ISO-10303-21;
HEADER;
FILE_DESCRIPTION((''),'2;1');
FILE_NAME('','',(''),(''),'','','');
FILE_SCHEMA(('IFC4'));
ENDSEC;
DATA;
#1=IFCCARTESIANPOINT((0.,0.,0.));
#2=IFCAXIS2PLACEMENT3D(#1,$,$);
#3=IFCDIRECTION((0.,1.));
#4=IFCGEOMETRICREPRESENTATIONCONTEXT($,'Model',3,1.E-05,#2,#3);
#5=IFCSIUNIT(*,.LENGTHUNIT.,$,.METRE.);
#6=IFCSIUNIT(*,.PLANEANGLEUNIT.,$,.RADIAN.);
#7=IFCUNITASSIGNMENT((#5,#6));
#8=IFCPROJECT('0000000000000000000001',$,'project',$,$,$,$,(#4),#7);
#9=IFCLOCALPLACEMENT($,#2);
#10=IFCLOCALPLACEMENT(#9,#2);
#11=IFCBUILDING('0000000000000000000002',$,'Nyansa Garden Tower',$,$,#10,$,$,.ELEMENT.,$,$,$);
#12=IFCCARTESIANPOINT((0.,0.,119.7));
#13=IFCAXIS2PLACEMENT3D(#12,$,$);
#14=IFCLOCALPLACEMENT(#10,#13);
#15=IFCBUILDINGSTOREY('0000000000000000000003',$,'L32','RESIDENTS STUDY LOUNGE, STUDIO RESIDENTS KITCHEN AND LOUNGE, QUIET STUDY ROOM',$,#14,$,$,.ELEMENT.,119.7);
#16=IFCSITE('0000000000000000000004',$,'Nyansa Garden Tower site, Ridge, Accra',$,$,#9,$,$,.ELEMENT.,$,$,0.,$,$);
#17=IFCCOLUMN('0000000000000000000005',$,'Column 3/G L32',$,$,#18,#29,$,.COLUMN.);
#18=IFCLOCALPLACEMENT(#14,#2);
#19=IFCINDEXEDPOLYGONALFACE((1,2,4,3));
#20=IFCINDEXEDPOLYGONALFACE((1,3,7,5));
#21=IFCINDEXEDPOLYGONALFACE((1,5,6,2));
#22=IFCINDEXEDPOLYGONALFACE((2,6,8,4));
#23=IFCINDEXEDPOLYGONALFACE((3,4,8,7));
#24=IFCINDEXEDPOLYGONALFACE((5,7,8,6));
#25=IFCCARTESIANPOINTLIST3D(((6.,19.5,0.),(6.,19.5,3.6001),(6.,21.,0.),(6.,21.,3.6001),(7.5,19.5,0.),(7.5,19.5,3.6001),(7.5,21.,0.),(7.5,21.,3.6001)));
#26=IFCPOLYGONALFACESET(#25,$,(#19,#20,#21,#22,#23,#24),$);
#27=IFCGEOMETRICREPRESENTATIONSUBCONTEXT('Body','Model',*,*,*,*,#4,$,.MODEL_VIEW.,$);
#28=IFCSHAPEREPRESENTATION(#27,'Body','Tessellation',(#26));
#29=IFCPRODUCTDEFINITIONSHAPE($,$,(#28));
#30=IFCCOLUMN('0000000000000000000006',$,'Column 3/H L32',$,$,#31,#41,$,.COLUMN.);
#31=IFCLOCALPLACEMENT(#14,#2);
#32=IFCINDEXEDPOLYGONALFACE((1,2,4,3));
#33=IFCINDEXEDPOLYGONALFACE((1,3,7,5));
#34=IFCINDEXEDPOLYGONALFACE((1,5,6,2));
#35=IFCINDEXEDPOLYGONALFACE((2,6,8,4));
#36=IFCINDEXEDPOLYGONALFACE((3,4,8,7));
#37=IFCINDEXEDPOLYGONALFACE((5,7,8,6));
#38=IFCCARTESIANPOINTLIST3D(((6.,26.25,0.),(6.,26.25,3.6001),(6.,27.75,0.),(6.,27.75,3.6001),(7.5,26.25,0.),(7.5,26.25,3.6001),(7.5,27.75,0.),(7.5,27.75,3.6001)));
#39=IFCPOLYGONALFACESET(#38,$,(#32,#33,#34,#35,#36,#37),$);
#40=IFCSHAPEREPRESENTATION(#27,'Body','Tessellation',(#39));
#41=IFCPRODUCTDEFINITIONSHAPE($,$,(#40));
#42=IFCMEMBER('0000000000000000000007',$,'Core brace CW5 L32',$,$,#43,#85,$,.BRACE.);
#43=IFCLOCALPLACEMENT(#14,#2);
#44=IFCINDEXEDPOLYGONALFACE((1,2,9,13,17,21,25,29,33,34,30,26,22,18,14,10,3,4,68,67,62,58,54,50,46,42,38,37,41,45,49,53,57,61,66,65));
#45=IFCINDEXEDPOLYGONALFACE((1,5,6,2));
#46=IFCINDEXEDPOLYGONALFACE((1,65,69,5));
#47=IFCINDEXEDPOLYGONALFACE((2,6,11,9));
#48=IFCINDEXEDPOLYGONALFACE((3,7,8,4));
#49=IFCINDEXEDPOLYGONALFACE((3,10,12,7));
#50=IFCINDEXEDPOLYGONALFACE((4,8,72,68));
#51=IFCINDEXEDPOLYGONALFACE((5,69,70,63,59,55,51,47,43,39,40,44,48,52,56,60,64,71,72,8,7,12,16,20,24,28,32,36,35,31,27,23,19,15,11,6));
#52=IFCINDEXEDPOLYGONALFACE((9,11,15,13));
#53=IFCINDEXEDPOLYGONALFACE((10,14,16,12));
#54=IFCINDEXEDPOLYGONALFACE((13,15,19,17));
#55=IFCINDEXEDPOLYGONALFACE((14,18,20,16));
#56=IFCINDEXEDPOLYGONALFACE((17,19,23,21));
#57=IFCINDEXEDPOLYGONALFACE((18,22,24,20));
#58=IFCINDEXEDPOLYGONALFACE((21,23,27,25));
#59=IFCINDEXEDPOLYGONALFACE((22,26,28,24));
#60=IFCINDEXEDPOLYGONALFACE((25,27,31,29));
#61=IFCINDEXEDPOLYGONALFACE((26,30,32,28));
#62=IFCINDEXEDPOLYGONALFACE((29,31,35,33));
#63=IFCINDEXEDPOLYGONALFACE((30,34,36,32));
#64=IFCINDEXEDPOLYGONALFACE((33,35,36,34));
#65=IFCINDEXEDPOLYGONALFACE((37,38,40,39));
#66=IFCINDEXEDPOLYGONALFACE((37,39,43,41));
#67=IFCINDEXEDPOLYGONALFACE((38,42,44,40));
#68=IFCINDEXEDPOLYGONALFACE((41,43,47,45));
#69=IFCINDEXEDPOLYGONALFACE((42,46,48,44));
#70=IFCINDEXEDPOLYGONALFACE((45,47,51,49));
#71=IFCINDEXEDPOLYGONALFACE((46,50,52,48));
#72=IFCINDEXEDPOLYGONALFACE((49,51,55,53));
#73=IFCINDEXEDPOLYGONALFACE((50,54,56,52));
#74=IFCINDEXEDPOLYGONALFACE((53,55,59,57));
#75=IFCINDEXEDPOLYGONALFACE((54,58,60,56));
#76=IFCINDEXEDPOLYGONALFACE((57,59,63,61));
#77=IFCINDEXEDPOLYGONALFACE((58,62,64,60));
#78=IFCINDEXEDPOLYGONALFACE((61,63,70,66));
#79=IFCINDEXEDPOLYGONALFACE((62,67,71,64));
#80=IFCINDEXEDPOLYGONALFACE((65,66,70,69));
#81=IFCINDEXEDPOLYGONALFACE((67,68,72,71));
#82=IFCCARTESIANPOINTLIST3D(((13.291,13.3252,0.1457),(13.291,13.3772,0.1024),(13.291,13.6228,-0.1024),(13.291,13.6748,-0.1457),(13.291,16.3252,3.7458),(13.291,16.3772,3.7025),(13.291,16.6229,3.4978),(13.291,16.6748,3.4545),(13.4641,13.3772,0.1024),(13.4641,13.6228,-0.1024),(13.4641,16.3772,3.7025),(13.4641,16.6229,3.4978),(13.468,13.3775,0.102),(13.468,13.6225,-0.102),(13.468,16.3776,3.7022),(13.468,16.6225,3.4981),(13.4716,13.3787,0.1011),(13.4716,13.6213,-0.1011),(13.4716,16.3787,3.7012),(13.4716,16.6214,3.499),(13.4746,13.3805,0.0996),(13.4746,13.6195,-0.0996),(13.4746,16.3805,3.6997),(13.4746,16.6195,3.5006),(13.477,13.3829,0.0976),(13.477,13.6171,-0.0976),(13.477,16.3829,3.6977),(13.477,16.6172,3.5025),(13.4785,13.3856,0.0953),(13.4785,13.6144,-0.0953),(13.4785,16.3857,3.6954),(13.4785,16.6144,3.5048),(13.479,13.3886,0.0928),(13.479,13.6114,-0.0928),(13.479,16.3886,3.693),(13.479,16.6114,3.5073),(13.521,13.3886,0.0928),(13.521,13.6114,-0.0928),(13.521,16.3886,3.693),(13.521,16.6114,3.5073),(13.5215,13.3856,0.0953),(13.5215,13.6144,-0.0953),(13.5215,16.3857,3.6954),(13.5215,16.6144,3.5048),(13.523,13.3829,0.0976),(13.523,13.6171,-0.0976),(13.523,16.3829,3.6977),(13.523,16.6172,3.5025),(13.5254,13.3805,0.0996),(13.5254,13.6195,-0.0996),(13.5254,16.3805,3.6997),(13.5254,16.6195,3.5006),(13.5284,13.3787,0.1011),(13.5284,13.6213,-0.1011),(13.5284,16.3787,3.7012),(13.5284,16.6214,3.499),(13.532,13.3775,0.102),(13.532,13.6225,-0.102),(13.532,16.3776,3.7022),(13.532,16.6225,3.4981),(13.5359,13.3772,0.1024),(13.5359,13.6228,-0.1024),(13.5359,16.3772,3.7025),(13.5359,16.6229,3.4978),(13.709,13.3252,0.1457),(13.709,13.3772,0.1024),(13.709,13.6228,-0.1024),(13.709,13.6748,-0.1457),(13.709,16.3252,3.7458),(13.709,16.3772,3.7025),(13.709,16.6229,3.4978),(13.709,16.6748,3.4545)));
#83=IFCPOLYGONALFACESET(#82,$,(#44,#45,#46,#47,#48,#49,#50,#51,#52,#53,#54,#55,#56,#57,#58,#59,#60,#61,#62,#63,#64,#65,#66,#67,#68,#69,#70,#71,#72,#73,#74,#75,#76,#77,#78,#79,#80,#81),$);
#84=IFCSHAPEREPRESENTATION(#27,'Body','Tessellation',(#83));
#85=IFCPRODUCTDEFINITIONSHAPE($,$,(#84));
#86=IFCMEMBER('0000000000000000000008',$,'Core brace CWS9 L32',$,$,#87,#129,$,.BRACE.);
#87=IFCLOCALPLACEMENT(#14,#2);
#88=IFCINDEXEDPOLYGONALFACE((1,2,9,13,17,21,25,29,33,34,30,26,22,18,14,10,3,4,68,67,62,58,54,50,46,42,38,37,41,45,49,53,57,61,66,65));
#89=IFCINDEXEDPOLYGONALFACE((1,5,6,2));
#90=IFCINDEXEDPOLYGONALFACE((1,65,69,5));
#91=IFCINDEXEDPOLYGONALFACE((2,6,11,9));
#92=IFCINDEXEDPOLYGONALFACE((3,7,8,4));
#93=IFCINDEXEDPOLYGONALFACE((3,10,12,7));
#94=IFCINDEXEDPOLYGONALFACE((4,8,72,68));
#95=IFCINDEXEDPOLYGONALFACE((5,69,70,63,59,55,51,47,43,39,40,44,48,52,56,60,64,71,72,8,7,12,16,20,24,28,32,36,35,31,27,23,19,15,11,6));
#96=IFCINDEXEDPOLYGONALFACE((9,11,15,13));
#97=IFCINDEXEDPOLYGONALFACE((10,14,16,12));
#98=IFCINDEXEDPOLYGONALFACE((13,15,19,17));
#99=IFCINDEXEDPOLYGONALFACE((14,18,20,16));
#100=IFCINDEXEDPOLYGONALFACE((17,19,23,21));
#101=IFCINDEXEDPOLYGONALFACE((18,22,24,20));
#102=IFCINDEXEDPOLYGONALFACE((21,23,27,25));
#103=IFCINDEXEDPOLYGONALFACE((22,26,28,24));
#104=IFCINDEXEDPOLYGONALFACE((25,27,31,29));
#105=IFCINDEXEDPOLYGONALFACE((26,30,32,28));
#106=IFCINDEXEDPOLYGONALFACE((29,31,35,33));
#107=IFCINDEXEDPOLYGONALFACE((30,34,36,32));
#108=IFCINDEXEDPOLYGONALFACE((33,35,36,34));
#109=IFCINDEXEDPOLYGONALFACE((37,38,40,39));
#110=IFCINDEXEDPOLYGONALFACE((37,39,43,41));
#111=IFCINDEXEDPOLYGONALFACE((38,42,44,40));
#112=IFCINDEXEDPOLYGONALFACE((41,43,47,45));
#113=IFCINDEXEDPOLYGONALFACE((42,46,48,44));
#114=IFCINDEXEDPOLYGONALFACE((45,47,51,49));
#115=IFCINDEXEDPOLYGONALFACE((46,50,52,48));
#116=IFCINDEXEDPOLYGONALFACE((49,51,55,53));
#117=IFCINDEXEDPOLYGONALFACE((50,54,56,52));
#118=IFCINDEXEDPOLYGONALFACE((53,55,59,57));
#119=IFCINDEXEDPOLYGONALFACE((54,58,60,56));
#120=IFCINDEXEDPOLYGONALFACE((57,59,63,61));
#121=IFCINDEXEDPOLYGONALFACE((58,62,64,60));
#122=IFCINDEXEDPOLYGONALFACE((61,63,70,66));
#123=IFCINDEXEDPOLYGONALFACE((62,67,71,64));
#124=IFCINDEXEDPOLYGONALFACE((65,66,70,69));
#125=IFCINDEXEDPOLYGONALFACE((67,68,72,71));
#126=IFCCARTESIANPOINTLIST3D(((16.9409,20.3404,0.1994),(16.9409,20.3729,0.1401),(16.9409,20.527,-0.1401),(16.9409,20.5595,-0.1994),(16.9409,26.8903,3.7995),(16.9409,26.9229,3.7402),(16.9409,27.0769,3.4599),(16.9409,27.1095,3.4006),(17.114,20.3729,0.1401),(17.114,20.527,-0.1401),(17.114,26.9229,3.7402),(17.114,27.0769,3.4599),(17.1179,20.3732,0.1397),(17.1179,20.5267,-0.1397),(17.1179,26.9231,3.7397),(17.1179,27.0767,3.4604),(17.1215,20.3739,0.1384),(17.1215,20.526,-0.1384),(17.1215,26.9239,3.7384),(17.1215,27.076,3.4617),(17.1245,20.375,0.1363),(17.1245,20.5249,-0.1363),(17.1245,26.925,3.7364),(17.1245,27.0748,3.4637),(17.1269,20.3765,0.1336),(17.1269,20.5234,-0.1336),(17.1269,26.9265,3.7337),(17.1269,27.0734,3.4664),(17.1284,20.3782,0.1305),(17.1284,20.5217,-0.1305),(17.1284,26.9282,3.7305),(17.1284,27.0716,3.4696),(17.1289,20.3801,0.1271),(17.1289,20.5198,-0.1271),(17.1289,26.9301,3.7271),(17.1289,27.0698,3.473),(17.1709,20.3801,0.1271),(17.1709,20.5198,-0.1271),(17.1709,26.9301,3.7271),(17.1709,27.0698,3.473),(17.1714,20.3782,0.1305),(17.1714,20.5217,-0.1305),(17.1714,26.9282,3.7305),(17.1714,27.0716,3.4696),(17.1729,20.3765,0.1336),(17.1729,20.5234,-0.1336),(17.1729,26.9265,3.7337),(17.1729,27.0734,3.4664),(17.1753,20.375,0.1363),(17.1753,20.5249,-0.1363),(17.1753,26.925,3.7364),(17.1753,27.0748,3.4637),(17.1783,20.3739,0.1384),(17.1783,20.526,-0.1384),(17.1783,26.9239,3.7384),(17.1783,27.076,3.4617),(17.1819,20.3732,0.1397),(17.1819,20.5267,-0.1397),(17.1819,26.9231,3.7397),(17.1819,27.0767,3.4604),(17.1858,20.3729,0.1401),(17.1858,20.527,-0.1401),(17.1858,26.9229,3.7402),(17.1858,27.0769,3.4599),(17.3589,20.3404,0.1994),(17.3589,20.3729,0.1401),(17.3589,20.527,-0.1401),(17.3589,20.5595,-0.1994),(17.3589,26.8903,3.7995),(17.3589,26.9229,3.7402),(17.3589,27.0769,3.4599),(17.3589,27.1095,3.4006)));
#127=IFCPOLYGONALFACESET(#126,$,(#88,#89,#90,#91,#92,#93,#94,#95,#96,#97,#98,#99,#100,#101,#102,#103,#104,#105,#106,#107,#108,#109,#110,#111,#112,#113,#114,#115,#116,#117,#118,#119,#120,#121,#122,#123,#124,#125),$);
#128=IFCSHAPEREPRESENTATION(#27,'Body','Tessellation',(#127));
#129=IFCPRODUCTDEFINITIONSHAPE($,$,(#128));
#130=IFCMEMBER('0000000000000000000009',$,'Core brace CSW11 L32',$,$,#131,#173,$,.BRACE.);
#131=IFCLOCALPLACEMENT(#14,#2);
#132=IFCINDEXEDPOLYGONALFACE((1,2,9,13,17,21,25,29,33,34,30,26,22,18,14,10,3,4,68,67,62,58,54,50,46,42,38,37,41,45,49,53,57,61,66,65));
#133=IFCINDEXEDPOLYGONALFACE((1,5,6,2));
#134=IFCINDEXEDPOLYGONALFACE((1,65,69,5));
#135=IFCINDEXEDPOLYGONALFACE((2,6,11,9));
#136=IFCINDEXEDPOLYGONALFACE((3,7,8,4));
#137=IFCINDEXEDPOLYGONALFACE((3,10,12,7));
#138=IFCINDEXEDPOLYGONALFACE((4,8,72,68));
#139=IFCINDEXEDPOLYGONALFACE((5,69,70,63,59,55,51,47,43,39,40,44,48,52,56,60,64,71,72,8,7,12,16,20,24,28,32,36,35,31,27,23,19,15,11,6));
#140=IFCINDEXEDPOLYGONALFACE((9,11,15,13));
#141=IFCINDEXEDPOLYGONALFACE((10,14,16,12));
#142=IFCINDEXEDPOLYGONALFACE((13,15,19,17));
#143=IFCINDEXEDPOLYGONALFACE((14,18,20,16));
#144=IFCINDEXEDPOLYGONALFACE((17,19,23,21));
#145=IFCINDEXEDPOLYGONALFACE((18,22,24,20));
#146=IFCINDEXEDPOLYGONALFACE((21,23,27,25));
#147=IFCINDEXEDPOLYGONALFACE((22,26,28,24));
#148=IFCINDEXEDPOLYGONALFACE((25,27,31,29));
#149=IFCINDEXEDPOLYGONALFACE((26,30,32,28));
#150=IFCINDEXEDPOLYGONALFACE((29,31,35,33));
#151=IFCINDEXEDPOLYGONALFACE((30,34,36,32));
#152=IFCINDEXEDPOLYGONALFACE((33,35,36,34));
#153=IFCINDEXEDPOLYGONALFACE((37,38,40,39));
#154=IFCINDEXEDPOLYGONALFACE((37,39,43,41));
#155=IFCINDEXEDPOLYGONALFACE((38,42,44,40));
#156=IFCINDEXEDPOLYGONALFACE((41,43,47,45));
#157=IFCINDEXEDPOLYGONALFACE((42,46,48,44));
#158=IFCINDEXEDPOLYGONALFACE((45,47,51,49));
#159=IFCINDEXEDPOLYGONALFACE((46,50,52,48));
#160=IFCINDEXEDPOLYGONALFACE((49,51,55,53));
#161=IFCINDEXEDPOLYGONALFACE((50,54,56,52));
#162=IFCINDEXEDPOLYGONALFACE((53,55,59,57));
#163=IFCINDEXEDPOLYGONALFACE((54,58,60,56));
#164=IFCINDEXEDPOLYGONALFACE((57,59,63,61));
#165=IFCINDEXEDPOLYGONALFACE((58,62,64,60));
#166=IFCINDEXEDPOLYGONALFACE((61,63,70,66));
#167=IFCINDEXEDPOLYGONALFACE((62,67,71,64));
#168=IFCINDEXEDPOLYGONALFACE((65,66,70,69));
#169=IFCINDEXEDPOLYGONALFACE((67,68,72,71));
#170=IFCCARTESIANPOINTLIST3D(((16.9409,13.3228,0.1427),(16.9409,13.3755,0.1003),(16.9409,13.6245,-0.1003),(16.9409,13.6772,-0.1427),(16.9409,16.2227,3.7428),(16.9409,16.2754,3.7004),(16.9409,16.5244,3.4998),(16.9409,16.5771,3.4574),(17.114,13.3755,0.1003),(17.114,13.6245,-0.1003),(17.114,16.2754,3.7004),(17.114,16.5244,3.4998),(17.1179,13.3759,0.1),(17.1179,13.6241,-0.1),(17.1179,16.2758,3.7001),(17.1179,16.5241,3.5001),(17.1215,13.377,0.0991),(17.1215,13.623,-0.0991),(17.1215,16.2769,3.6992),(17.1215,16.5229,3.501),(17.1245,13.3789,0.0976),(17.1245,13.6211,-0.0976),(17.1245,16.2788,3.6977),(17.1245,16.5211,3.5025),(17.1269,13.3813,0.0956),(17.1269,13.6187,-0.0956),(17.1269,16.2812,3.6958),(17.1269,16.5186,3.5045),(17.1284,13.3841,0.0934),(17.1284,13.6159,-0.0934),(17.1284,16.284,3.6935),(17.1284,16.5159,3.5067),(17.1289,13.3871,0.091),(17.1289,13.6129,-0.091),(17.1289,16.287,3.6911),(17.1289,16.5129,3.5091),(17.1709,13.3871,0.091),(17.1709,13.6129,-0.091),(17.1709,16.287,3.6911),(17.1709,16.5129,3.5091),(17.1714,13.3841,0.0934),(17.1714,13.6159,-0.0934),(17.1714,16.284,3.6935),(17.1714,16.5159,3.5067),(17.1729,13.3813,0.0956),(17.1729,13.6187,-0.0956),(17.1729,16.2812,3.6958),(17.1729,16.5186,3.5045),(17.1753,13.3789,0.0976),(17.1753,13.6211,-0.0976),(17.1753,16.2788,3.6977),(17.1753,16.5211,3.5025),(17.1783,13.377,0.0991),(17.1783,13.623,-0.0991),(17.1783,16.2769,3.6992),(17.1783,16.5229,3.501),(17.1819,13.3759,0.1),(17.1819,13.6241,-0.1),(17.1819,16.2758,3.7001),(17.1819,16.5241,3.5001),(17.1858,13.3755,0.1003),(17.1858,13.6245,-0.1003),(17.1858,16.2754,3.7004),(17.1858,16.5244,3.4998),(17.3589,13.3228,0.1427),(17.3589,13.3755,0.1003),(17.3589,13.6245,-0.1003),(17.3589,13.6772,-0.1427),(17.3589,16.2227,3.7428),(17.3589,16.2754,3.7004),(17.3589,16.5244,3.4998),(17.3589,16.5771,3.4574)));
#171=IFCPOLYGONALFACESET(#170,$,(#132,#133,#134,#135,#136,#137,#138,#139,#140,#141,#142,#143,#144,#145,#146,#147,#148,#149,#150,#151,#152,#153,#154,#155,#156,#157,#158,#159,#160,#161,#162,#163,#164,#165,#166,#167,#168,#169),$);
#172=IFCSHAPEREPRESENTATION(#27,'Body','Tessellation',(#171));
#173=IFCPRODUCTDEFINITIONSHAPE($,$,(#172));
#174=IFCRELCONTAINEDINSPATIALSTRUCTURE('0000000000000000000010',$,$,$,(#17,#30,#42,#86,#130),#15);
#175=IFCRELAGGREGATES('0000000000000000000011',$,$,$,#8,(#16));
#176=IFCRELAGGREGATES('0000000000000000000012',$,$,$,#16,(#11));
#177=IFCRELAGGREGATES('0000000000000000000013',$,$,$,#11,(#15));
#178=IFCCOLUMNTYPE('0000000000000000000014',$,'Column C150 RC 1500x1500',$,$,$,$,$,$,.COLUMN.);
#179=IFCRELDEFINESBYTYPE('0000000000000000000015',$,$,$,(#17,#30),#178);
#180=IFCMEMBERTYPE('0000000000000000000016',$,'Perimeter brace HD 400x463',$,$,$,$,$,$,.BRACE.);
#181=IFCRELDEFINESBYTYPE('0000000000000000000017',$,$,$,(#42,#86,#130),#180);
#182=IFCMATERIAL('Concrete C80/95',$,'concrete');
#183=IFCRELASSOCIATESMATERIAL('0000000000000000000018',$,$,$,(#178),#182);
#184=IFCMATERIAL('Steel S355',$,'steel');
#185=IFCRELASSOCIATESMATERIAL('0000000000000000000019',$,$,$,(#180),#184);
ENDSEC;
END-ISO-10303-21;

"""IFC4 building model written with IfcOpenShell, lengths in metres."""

from ifc_helpers import new_model, si_unit, direction, frame, origin, origin_2d, place, context, subcontext, project, spatial, rectangle, i_section, extrude, material, material_profile, profile_set, type_object, element, save


model = new_model("IFC4")

# Units and contexts
model_context = context("Model", 3, precision=1e-05, world=origin(), true_north=direction((0.0, 1.0)))
body_context = subcontext(model_context, "Body", "Model", "MODEL_VIEW")
ifc_project = project(units=[si_unit("LENGTHUNIT", "METRE"), si_unit("PLANEANGLEUNIT", "RADIAN")], contexts=[model_context])

# Site, building, storey
site_placement = place(None, origin())
site = spatial("IfcSite", under=ifc_project, at=site_placement, Name="Nyansa Garden Tower site, Ridge, Accra", CompositionType="ELEMENT", RefElevation=0.0)
building_placement = place(site_placement, origin())
building = spatial("IfcBuilding", under=site, at=building_placement, Name="Nyansa Garden Tower", CompositionType="ELEMENT")
storey_placement = place(building_placement, frame((0.0, 0.0, 119.7)))
storey = spatial("IfcBuildingStorey", under=building, at=storey_placement, Name="L32", Description="RESIDENTS STUDY LOUNGE, STUDIO RESIDENTS KITCHEN AND LOUNGE, QUIET STUDY ROOM", CompositionType="ELEMENT", Elevation=119.7)

# Columns
ifc_material_1 = material(Name="Concrete C80/95", Category="concrete")
ifc_material_profile_1 = material_profile(ifc_material_1, rectangle(XDim=1.5, YDim=1.5, at=origin_2d()), Name="RC 1500x1500")
ifc_profile_set_1 = profile_set([ifc_material_profile_1], Name="Concrete C80/95")
column_type = type_object("IfcColumnType", Name="Column C150 RC 1500x1500", PredefinedType="COLUMN", material=ifc_profile_set_1)
for number, where, z_axis, x_axis, name in (
    (1, (6.75, 20.25, 0.0), (0.0, 0.0, 1.0), (1.0, 0.0, 0.0), "Column 3/G L32"),
    (2, (6.75, 27.0, 0.0), (0.0, 0.0, 1.0), (1.0, 0.0, 0.0), "Column 3/H L32"),
):
    element("IfcColumn", number, at=place(storey_placement, frame(where, z_axis=z_axis, x_axis=x_axis)), inside=storey, type_object=column_type, Name=name, PredefinedType="COLUMN", context=body_context, shape_type="SweptSolid", body=[
        extrude(rectangle(XDim=1.5, YDim=1.5, at=origin_2d()), origin(), (0.0, 0.0, 1.0), 3.6001),
    ])

# Members
ifc_material_2 = material(Name="Steel S355", Category="steel")
ifc_material_profile_2 = material_profile(ifc_material_2, i_section(OverallWidth=0.418, OverallDepth=0.4551, WebThickness=0.042, FlangeThickness=0.0676, FilletRadius=0.0149, at=origin_2d()), Name="HD 400x463")
ifc_profile_set_2 = profile_set([ifc_material_profile_2], Name="Steel S355")
member_type = type_object("IfcMemberType", Name="Perimeter brace HD 400x463", PredefinedType="BRACE", material=ifc_profile_set_2)
member_1_placement = place(storey_placement, frame((13.5, 13.5, 0.0), z_axis=(0.0, 0.640174, 0.76823), x_axis=(-1.0, 0.0, 0.0)))
element("IfcMember", 3, at=member_1_placement, inside=storey, type_object=member_type, Name="Core brace CW5 L32", PredefinedType="BRACE", context=body_context, shape_type="SweptSolid", body=[
    extrude(i_section(OverallWidth=0.418, OverallDepth=0.4551, WebThickness=0.042, FlangeThickness=0.0676, FilletRadius=0.0149, at=origin_2d()), origin(), (0.0, 0.0, 1.0), 4.6863),
])
member_2_placement = place(storey_placement, frame((17.1499, 20.45, 0.0), z_axis=(0.0, 0.876353, 0.481669), x_axis=(-1.0, 0.0, 0.0)))
element("IfcMember", 4, at=member_2_placement, inside=storey, type_object=member_type, Name="Core brace CWS9 L32", PredefinedType="BRACE", context=body_context, shape_type="SweptSolid", body=[
    extrude(i_section(OverallWidth=0.418, OverallDepth=0.4551, WebThickness=0.042, FlangeThickness=0.0676, FilletRadius=0.0149, at=origin_2d()), origin(), (0.0, 0.0, 1.0), 7.4741),
])
member_3_placement = place(storey_placement, frame((17.1499, 13.5, 0.0), z_axis=(0.0, 0.627306, 0.778773), x_axis=(-1.0, 0.0, 0.0)))
element("IfcMember", 5, at=member_3_placement, inside=storey, type_object=member_type, Name="Core brace CSW11 L32", PredefinedType="BRACE", context=body_context, shape_type="SweptSolid", body=[
    extrude(i_section(OverallWidth=0.418, OverallDepth=0.4551, WebThickness=0.042, FlangeThickness=0.0676, FilletRadius=0.0149, at=origin_2d()), origin(), (0.0, 0.0, 1.0), 4.6228),
])

save(model, "model.ifc")
